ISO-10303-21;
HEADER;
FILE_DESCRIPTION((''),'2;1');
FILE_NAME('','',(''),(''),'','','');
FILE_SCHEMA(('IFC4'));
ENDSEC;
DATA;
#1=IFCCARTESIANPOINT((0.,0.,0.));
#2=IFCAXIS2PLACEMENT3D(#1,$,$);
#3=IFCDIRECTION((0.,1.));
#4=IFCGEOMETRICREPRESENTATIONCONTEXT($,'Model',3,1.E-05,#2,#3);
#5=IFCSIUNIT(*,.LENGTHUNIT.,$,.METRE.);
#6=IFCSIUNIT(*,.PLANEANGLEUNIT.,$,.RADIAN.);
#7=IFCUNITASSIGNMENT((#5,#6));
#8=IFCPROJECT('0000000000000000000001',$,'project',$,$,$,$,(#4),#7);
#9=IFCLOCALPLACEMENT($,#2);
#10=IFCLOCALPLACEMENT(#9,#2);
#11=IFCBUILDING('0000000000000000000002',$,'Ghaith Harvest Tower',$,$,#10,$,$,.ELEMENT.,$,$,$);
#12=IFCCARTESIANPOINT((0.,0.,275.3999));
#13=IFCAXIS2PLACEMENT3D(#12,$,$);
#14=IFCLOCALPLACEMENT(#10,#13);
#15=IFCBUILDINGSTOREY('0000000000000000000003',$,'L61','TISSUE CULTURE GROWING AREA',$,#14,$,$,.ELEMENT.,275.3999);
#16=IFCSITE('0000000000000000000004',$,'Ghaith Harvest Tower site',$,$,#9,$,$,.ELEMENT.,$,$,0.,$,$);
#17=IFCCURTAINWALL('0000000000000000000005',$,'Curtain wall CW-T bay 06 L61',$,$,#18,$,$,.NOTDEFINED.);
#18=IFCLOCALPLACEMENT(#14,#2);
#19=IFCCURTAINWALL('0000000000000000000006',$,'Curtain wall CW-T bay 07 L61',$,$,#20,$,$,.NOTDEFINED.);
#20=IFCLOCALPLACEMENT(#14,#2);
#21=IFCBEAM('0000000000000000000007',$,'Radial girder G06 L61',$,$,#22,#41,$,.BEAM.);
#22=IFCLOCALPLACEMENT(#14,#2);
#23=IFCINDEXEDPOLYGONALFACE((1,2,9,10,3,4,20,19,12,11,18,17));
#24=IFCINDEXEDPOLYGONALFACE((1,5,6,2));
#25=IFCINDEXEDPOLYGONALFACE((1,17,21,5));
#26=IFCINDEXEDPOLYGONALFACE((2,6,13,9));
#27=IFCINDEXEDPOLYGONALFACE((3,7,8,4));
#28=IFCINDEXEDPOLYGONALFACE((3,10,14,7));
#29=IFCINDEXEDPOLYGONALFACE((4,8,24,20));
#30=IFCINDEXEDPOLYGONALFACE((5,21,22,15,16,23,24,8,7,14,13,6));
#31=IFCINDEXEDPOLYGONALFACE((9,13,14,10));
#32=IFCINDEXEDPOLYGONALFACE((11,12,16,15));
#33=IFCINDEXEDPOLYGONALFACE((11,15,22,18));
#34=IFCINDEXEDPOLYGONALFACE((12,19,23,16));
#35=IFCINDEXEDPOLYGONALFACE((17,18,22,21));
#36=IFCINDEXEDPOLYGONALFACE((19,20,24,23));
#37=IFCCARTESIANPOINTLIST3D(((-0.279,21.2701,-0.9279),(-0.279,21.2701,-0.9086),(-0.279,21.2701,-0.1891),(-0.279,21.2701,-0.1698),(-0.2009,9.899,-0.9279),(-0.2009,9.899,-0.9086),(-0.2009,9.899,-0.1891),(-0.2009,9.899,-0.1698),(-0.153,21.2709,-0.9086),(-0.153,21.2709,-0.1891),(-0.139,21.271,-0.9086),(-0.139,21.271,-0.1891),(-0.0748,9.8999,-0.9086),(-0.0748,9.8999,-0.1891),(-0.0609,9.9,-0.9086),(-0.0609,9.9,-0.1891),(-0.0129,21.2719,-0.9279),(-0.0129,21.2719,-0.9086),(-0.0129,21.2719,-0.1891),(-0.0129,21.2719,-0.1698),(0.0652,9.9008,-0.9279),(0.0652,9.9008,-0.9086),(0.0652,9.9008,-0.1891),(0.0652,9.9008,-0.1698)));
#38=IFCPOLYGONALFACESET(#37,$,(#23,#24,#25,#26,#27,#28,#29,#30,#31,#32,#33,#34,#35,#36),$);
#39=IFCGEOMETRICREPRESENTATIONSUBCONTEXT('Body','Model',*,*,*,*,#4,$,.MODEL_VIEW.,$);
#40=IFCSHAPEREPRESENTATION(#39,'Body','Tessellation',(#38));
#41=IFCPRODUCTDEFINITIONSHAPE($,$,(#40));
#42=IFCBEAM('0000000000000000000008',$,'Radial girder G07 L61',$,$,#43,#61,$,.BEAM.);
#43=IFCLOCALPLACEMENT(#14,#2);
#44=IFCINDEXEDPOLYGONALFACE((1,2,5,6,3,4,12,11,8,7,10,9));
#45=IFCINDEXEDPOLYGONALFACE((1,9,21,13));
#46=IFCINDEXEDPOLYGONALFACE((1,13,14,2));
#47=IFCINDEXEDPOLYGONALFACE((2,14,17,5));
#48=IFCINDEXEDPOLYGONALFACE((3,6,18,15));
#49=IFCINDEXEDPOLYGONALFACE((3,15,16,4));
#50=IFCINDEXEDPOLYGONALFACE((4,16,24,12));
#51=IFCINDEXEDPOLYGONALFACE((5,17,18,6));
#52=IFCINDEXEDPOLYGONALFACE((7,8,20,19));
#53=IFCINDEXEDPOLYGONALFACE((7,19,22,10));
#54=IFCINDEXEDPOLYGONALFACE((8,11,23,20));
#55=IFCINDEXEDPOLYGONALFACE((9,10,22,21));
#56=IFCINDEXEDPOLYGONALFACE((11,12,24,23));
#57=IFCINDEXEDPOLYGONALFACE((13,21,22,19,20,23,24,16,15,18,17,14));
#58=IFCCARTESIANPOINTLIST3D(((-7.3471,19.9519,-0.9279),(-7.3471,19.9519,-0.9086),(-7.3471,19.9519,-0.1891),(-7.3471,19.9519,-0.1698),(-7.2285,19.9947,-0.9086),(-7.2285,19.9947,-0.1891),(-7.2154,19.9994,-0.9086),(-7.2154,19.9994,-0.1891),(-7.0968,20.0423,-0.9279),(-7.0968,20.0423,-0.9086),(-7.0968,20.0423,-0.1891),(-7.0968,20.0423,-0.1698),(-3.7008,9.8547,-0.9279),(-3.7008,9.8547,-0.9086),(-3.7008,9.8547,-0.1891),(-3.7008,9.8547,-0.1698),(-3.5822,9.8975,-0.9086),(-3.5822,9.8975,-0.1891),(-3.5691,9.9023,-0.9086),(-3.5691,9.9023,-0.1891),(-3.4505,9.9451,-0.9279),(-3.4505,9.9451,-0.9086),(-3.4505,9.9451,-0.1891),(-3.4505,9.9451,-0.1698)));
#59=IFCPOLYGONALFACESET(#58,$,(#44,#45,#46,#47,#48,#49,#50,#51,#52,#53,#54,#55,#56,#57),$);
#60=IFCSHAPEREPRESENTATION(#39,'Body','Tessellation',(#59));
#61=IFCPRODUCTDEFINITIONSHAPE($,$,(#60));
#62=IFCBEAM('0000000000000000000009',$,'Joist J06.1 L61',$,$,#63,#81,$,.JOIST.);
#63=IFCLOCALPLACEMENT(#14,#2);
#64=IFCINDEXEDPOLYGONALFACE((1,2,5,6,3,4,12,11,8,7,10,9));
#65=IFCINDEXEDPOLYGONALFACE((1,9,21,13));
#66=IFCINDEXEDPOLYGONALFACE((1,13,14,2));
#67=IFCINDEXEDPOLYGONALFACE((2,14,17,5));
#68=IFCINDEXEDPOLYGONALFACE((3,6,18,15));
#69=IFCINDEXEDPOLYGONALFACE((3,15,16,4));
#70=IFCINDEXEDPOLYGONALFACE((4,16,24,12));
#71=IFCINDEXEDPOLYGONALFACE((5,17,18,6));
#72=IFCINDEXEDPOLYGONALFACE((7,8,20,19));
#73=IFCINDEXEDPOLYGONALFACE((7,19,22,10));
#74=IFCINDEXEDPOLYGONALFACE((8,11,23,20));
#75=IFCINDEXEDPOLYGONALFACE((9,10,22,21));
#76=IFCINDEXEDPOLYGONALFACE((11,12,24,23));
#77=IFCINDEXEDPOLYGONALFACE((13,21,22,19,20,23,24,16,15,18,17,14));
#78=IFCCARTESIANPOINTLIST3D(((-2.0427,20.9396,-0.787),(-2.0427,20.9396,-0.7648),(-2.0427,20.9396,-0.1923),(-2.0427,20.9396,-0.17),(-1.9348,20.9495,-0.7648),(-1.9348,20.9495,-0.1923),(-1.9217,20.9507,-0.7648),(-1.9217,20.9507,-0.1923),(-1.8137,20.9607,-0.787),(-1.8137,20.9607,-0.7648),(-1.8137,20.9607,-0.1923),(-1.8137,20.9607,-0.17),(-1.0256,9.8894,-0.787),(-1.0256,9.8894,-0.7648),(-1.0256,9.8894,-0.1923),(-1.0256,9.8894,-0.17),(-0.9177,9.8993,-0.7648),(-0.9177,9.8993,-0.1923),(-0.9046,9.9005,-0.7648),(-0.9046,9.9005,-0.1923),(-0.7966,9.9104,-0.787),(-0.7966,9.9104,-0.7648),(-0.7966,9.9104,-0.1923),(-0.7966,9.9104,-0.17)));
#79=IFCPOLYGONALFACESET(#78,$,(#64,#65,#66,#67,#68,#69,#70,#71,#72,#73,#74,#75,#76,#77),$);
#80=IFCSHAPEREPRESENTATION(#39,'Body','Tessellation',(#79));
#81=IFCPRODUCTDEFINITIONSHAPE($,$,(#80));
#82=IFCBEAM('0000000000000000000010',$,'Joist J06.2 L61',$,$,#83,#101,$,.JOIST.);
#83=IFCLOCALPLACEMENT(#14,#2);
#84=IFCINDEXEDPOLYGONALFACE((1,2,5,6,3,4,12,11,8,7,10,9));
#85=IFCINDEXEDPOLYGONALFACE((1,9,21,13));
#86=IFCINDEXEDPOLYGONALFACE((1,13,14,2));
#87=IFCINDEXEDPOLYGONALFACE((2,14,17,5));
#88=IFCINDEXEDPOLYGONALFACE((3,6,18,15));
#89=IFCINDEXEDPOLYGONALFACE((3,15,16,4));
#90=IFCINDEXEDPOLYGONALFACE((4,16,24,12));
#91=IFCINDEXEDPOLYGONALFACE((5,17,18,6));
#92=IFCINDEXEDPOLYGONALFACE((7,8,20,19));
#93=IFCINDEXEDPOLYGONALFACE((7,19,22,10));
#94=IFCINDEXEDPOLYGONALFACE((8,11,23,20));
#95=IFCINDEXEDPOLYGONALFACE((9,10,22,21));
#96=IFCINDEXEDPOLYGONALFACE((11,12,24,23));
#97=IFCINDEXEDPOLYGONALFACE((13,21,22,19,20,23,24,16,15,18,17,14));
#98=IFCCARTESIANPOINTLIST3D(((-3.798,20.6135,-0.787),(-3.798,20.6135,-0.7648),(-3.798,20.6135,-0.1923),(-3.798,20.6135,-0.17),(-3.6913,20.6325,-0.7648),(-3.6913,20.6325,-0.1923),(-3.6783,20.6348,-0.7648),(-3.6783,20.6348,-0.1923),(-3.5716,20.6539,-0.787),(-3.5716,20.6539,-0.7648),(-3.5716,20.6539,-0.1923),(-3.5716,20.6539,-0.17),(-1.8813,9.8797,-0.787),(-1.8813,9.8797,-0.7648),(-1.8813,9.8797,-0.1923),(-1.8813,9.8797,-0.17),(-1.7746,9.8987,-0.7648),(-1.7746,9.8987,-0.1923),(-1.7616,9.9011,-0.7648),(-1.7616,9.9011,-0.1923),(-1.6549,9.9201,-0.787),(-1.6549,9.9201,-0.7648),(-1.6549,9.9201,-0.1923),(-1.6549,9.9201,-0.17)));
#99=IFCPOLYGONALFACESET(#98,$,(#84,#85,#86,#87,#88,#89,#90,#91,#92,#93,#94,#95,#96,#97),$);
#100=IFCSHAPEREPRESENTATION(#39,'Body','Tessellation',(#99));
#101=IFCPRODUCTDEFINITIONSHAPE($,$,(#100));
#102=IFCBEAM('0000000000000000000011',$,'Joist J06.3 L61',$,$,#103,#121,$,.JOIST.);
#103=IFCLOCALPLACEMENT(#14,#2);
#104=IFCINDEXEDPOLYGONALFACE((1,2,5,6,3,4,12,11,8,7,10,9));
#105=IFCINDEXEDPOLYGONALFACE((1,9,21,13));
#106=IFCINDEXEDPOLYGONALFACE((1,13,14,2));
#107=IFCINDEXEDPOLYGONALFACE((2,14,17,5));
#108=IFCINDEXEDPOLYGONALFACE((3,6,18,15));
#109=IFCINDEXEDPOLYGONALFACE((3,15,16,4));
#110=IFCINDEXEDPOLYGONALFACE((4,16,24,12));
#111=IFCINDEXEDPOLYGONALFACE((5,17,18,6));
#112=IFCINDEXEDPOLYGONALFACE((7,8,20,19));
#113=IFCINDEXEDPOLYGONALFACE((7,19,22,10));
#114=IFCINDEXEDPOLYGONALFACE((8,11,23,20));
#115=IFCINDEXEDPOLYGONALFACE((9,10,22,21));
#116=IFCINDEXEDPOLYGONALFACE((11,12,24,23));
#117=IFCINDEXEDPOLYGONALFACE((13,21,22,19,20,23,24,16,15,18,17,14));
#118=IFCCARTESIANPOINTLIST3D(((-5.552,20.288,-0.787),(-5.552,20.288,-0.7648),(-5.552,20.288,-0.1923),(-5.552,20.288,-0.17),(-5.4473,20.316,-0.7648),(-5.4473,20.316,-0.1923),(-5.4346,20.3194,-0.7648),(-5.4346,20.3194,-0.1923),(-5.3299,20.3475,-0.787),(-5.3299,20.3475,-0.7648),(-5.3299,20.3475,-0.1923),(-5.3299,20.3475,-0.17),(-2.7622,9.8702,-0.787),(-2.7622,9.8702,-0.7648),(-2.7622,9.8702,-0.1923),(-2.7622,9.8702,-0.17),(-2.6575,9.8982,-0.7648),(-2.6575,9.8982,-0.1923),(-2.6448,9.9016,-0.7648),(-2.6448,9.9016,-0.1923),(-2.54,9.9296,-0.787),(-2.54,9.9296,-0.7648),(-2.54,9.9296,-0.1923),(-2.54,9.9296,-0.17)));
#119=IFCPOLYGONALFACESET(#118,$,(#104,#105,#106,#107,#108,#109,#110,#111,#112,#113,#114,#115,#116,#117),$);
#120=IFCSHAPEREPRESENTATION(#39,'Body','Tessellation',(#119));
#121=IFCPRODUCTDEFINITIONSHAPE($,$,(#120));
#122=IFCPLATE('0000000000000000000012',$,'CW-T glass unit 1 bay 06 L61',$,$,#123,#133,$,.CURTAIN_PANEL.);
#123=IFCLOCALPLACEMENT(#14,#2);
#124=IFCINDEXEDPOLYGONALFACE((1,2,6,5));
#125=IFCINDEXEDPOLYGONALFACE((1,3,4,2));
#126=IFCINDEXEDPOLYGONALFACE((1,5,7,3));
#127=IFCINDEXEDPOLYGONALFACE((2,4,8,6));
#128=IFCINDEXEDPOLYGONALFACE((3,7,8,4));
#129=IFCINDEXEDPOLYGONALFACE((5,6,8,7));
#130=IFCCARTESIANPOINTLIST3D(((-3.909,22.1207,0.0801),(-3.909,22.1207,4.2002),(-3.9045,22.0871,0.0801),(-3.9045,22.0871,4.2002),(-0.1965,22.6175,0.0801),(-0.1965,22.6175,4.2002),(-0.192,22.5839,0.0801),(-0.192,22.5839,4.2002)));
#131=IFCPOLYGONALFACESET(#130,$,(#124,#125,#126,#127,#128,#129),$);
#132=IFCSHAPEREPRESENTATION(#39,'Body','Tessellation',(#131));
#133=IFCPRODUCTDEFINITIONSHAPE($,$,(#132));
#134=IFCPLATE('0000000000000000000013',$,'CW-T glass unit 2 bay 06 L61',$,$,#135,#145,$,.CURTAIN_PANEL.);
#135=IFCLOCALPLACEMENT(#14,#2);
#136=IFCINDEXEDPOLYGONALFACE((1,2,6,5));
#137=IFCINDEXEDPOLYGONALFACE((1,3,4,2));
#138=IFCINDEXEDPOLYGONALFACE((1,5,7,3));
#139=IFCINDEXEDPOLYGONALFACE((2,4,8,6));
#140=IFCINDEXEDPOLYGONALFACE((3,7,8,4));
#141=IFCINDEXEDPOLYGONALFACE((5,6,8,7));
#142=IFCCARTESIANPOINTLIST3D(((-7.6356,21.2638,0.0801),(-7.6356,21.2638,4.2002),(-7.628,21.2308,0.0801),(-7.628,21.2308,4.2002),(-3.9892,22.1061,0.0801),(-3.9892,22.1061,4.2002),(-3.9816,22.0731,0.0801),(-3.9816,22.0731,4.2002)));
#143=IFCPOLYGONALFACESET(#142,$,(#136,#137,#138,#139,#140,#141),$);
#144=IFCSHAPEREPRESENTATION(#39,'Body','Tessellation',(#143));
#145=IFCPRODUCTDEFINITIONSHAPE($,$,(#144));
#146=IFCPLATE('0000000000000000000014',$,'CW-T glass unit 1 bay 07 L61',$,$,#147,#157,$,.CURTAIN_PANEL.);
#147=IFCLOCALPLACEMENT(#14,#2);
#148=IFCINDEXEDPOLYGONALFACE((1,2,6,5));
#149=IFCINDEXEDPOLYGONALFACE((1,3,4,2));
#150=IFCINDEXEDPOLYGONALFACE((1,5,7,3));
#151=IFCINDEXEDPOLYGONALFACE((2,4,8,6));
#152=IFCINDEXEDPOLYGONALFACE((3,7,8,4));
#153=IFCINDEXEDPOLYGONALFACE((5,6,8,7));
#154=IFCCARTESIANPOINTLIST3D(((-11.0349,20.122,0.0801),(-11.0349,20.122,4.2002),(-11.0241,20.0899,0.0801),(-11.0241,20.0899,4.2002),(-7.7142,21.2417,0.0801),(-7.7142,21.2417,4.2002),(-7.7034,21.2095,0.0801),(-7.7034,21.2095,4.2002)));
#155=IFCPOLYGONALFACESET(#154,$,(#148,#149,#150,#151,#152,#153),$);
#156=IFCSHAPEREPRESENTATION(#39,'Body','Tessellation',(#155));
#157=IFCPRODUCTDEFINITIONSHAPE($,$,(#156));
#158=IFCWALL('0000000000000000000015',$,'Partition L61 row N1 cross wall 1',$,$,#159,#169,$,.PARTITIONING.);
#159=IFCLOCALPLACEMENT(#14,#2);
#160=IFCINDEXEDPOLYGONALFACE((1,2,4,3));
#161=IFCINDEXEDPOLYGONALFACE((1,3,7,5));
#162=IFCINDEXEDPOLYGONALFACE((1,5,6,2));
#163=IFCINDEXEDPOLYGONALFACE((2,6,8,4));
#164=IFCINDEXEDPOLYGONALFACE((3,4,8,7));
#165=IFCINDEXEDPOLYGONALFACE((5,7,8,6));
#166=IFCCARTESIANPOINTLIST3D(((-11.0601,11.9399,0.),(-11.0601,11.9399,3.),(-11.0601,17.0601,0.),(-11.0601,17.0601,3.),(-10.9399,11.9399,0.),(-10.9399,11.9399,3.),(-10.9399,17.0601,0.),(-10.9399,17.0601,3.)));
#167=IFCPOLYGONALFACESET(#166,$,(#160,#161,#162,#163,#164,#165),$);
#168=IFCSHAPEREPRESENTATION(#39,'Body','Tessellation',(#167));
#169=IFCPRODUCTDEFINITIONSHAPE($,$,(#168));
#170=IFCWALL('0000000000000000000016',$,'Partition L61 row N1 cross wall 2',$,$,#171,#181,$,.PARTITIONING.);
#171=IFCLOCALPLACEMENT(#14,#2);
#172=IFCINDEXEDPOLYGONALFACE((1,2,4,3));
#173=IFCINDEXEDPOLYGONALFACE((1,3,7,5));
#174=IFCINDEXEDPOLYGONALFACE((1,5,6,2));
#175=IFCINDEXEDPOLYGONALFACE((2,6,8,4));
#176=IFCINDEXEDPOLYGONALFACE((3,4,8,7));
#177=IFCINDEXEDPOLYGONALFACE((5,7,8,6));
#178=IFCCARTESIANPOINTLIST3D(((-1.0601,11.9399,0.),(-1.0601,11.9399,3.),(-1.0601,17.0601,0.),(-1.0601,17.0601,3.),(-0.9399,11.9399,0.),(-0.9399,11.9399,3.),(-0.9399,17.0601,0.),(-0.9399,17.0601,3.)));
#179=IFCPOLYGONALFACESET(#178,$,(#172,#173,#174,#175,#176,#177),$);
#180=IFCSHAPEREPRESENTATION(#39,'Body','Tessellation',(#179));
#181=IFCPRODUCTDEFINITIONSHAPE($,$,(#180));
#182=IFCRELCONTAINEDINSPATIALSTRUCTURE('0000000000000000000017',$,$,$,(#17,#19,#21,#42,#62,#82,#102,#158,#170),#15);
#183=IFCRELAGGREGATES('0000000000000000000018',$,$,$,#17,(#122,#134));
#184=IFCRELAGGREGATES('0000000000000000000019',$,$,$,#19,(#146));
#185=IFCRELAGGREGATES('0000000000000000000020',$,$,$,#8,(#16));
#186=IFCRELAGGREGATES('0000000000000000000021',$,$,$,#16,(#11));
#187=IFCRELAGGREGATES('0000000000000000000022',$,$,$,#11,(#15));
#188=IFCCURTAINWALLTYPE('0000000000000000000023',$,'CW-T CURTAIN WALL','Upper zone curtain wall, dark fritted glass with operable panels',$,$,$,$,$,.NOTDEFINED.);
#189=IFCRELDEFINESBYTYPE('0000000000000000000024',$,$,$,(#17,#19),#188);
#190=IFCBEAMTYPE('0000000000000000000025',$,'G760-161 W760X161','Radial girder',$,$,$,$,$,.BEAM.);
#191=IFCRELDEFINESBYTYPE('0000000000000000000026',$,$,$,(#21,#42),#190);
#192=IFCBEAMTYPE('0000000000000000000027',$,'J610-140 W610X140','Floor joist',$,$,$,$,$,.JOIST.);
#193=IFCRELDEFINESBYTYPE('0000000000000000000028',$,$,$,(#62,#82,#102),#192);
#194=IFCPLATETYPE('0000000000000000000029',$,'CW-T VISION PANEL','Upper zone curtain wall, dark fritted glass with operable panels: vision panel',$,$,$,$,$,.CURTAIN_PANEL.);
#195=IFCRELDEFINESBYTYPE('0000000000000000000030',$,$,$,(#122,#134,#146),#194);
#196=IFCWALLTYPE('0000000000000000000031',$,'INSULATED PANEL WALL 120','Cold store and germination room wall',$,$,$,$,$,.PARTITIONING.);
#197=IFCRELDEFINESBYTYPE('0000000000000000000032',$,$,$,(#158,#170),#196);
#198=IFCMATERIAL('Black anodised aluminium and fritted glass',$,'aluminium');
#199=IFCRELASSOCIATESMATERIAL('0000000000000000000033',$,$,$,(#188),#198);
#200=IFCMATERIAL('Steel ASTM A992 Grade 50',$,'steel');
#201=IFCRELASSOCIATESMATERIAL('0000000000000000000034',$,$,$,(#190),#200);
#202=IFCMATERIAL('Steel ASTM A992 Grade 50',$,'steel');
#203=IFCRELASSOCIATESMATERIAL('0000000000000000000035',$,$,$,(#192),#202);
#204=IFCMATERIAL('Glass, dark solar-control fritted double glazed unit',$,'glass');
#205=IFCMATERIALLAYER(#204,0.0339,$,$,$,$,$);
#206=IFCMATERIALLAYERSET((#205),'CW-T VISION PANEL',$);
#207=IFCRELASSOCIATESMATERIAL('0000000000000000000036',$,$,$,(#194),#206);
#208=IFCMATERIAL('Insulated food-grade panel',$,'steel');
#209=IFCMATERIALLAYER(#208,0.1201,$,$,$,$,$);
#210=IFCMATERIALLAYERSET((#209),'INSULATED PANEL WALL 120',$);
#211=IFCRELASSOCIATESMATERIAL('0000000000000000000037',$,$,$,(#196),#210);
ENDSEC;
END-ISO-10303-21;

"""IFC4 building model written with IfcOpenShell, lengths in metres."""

from ifc_helpers import new_model, si_unit, direction, frame, frame_2d, origin, origin_2d, place, context, subcontext, project, spatial, rectangle, i_section, extrude, material, layer, layer_set, material_profile, profile_set, type_object, element, aggregate, save


model = new_model("IFC4")

# Units and contexts
model_context = context("Model", 3, precision=1e-05, world=origin(), true_north=direction((0.0, 1.0)))
body_context = subcontext(model_context, "Body", "Model", "MODEL_VIEW")
ifc_project = project(units=[si_unit("LENGTHUNIT", "METRE"), si_unit("PLANEANGLEUNIT", "RADIAN")], contexts=[model_context])

# Site, building, storey
site_placement = place(None, origin())
site = spatial("IfcSite", under=ifc_project, at=site_placement, Name="Ghaith Harvest Tower site", CompositionType="ELEMENT", RefElevation=0.0)
building_placement = place(site_placement, origin())
building = spatial("IfcBuilding", under=site, at=building_placement, Name="Ghaith Harvest Tower", CompositionType="ELEMENT")
storey_placement = place(building_placement, frame((0.0, 0.0, 275.3999)))
storey = spatial("IfcBuildingStorey", under=building, at=storey_placement, Name="L61", Description="TISSUE CULTURE GROWING AREA", CompositionType="ELEMENT", Elevation=275.3999)

# Curtain walls
ifc_material_1 = material(Name="Black anodised aluminium and fritted glass", Category="aluminium")
curtain_wall_type = type_object("IfcCurtainWallType", Name="CW-T CURTAIN WALL", Description="Upper zone curtain wall, dark fritted glass with operable panels", PredefinedType="NOTDEFINED", material=ifc_material_1)
curtain_wall_1_placement = place(storey_placement, origin())
curtain_wall_1 = element("IfcCurtainWall", 1, at=curtain_wall_1_placement, inside=storey, type_object=curtain_wall_type, Name="Curtain wall CW-T bay 06 L61", PredefinedType="NOTDEFINED")
curtain_wall_2_placement = place(storey_placement, origin())
curtain_wall_2 = element("IfcCurtainWall", 2, at=curtain_wall_2_placement, inside=storey, type_object=curtain_wall_type, Name="Curtain wall CW-T bay 07 L61", PredefinedType="NOTDEFINED")

# Beams
ifc_material_2 = material(Name="Steel ASTM A992 Grade 50", Category="steel")
ifc_material_profile_1 = material_profile(ifc_material_2, i_section(OverallWidth=0.2661, OverallDepth=0.7581, WebThickness=0.0139, FlangeThickness=0.0193, at=origin_2d()), Name="W760X161")
ifc_profile_set_1 = profile_set([ifc_material_profile_1], Name="Steel ASTM A992 Grade 50")
beam_type_1 = type_object("IfcBeamType", Name="G760-161 W760X161", Description="Radial girder", PredefinedType="BEAM", material=ifc_profile_set_1)
beam_1_placement = place(storey_placement, frame((-0.0679, 9.8999, -0.5488), z_axis=(-0.00687, 0.999976, 0.0), x_axis=(-0.999976, -0.00687, 0.0)))
element("IfcBeam", 3, at=beam_1_placement, inside=storey, type_object=beam_type_1, Name="Radial girder G06 L61", PredefinedType="BEAM", context=body_context, shape_type="SweptSolid", body=[
    extrude(i_section(OverallWidth=0.2661, OverallDepth=0.7581, WebThickness=0.0139, FlangeThickness=0.0193, at=origin_2d()), origin(), (0.0, 0.0, 1.0), 11.3713),
])
beam_2_placement = place(storey_placement, frame((-3.5757, 9.8999, -0.5488), z_axis=(-0.339648, 0.940553, 0.0), x_axis=(-0.940553, -0.339648, 0.0)))
element("IfcBeam", 4, at=beam_2_placement, inside=storey, type_object=beam_type_1, Name="Radial girder G07 L61", PredefinedType="BEAM", context=body_context, shape_type="SweptSolid", body=[
    extrude(i_section(OverallWidth=0.2661, OverallDepth=0.7581, WebThickness=0.0139, FlangeThickness=0.0193, at=origin_2d()), origin(), (0.0, 0.0, 1.0), 10.7354),
])
ifc_material_3 = material(Name="Steel ASTM A992 Grade 50", Category="steel")
ifc_material_profile_2 = material_profile(ifc_material_3, i_section(OverallWidth=0.23, OverallDepth=0.6169, WebThickness=0.0132, FlangeThickness=0.0222, at=origin_2d()), Name="W610X140")
ifc_profile_set_2 = profile_set([ifc_material_profile_2], Name="Steel ASTM A992 Grade 50")
beam_type_2 = type_object("IfcBeamType", Name="J610-140 W610X140", Description="Floor joist", PredefinedType="JOIST", material=ifc_profile_set_2)
beam_3_placement = place(storey_placement, frame((-0.9111, 9.8999, -0.4785), z_axis=(-0.091654, 0.995791, 0.0), x_axis=(-0.995791, -0.091654, 0.0)))
element("IfcBeam", 5, at=beam_3_placement, inside=storey, type_object=beam_type_2, Name="Joist J06.1 L61", PredefinedType="JOIST", context=body_context, shape_type="SweptSolid", body=[
    extrude(i_section(OverallWidth=0.23, OverallDepth=0.6169, WebThickness=0.0132, FlangeThickness=0.0222, at=origin_2d()), origin(), (0.0, 0.0, 1.0), 11.0969),
])
beam_4_placement = place(storey_placement, frame((-1.7681, 9.8999, -0.4785), z_axis=(-0.175789, 0.984428, 0.0), x_axis=(-0.984428, -0.175789, 0.0)))
element("IfcBeam", 6, at=beam_4_placement, inside=storey, type_object=beam_type_2, Name="Joist J06.2 L61", PredefinedType="JOIST", context=body_context, shape_type="SweptSolid", body=[
    extrude(i_section(OverallWidth=0.23, OverallDepth=0.6169, WebThickness=0.0132, FlangeThickness=0.0222, at=origin_2d()), origin(), (0.0, 0.0, 1.0), 10.9036),
])
beam_5_placement = place(storey_placement, frame((-2.6511, 9.8999, -0.4785), z_axis=(-0.258678, 0.965964, 0.0), x_axis=(-0.965964, -0.258678, 0.0)))
element("IfcBeam", 7, at=beam_5_placement, inside=storey, type_object=beam_type_2, Name="Joist J06.3 L61", PredefinedType="JOIST", context=body_context, shape_type="SweptSolid", body=[
    extrude(i_section(OverallWidth=0.23, OverallDepth=0.6169, WebThickness=0.0132, FlangeThickness=0.0222, at=origin_2d()), origin(), (0.0, 0.0, 1.0), 10.7849),
])

# Plates
ifc_material_4 = material(Name="Glass, dark solar-control fritted double glazed unit", Category="glass")
ifc_layer_1 = layer(ifc_material_4, 0.0339)
ifc_layer_set_1 = layer_set([ifc_layer_1], Name="CW-T VISION PANEL")
plate_type = type_object("IfcPlateType", Name="CW-T VISION PANEL", Description="Upper zone curtain wall, dark fritted glass with operable panels: vision panel", PredefinedType="CURTAIN_PANEL", material=ifc_layer_set_1)
plate_1_placement = place(storey_placement, frame((-2.0505, 22.3523, 0.0801), z_axis=(0.0, 0.0, 1.0), x_axis=(-0.991165, -0.132633, 0.0)))
plate_1 = element("IfcPlate", 8, at=plate_1_placement, type_object=plate_type, Name="CW-T glass unit 1 bay 06 L61", PredefinedType="CURTAIN_PANEL", context=body_context, shape_type="SweptSolid", body=[
    extrude(rectangle(XDim=3.7456, YDim=0.0339, at=origin_2d()), origin(), (0.0, 0.0, 1.0), 4.1201),
])
plate_2_placement = place(storey_placement, frame((-5.8086, 21.6685, 0.0801), z_axis=(0.0, 0.0, 1.0), x_axis=(-0.974342, -0.225072, 0.0)))
plate_2 = element("IfcPlate", 9, at=plate_2_placement, type_object=plate_type, Name="CW-T glass unit 2 bay 06 L61", PredefinedType="CURTAIN_PANEL", context=body_context, shape_type="SweptSolid", body=[
    extrude(rectangle(XDim=3.7424, YDim=0.0339, at=origin_2d()), origin(), (0.0, 0.0, 1.0), 4.1201),
])
aggregate(curtain_wall_1, [plate_1, plate_2])
plate_3_placement = place(storey_placement, frame((-9.3691, 20.6658, 0.0801), z_axis=(0.0, 0.0, 1.0), x_axis=(-0.947586, -0.3195, 0.0)))
plate_3 = element("IfcPlate", 10, at=plate_3_placement, type_object=plate_type, Name="CW-T glass unit 1 bay 07 L61", PredefinedType="CURTAIN_PANEL", context=body_context, shape_type="SweptSolid", body=[
    extrude(rectangle(XDim=3.5044, YDim=0.0339, at=origin_2d()), origin(), (0.0, 0.0, 1.0), 4.1201),
])
aggregate(curtain_wall_2, [plate_3])

# Walls
ifc_material_5 = material(Name="Insulated food-grade panel", Category="steel")
ifc_layer_2 = layer(ifc_material_5, 0.1201)
ifc_layer_set_2 = layer_set([ifc_layer_2], Name="INSULATED PANEL WALL 120")
wall_type = type_object("IfcWallType", Name="INSULATED PANEL WALL 120", Description="Cold store and germination room wall", PredefinedType="PARTITIONING", material=ifc_layer_set_2)
for number, where, z_axis, x_axis, name in (
    (11, (-11.0, 11.9399, 0.0), (0.0, 0.0, 1.0), (0.0, 1.0, 0.0), "Partition L61 row N1 cross wall 1"),
    (12, (-1.0, 11.9399, 0.0), (0.0, 0.0, 1.0), (0.0, 1.0, 0.0), "Partition L61 row N1 cross wall 2"),
):
    element("IfcWall", number, at=place(storey_placement, frame(where, z_axis=z_axis, x_axis=x_axis)), inside=storey, type_object=wall_type, Name=name, PredefinedType="PARTITIONING", context=body_context, shape_type="SweptSolid", body=[
        extrude(rectangle(XDim=5.1201, YDim=0.1201, at=frame_2d((2.5601, 0.0))), origin(), (0.0, 0.0, 1.0), 3.0),
    ])

save(model, "model.ifc")
